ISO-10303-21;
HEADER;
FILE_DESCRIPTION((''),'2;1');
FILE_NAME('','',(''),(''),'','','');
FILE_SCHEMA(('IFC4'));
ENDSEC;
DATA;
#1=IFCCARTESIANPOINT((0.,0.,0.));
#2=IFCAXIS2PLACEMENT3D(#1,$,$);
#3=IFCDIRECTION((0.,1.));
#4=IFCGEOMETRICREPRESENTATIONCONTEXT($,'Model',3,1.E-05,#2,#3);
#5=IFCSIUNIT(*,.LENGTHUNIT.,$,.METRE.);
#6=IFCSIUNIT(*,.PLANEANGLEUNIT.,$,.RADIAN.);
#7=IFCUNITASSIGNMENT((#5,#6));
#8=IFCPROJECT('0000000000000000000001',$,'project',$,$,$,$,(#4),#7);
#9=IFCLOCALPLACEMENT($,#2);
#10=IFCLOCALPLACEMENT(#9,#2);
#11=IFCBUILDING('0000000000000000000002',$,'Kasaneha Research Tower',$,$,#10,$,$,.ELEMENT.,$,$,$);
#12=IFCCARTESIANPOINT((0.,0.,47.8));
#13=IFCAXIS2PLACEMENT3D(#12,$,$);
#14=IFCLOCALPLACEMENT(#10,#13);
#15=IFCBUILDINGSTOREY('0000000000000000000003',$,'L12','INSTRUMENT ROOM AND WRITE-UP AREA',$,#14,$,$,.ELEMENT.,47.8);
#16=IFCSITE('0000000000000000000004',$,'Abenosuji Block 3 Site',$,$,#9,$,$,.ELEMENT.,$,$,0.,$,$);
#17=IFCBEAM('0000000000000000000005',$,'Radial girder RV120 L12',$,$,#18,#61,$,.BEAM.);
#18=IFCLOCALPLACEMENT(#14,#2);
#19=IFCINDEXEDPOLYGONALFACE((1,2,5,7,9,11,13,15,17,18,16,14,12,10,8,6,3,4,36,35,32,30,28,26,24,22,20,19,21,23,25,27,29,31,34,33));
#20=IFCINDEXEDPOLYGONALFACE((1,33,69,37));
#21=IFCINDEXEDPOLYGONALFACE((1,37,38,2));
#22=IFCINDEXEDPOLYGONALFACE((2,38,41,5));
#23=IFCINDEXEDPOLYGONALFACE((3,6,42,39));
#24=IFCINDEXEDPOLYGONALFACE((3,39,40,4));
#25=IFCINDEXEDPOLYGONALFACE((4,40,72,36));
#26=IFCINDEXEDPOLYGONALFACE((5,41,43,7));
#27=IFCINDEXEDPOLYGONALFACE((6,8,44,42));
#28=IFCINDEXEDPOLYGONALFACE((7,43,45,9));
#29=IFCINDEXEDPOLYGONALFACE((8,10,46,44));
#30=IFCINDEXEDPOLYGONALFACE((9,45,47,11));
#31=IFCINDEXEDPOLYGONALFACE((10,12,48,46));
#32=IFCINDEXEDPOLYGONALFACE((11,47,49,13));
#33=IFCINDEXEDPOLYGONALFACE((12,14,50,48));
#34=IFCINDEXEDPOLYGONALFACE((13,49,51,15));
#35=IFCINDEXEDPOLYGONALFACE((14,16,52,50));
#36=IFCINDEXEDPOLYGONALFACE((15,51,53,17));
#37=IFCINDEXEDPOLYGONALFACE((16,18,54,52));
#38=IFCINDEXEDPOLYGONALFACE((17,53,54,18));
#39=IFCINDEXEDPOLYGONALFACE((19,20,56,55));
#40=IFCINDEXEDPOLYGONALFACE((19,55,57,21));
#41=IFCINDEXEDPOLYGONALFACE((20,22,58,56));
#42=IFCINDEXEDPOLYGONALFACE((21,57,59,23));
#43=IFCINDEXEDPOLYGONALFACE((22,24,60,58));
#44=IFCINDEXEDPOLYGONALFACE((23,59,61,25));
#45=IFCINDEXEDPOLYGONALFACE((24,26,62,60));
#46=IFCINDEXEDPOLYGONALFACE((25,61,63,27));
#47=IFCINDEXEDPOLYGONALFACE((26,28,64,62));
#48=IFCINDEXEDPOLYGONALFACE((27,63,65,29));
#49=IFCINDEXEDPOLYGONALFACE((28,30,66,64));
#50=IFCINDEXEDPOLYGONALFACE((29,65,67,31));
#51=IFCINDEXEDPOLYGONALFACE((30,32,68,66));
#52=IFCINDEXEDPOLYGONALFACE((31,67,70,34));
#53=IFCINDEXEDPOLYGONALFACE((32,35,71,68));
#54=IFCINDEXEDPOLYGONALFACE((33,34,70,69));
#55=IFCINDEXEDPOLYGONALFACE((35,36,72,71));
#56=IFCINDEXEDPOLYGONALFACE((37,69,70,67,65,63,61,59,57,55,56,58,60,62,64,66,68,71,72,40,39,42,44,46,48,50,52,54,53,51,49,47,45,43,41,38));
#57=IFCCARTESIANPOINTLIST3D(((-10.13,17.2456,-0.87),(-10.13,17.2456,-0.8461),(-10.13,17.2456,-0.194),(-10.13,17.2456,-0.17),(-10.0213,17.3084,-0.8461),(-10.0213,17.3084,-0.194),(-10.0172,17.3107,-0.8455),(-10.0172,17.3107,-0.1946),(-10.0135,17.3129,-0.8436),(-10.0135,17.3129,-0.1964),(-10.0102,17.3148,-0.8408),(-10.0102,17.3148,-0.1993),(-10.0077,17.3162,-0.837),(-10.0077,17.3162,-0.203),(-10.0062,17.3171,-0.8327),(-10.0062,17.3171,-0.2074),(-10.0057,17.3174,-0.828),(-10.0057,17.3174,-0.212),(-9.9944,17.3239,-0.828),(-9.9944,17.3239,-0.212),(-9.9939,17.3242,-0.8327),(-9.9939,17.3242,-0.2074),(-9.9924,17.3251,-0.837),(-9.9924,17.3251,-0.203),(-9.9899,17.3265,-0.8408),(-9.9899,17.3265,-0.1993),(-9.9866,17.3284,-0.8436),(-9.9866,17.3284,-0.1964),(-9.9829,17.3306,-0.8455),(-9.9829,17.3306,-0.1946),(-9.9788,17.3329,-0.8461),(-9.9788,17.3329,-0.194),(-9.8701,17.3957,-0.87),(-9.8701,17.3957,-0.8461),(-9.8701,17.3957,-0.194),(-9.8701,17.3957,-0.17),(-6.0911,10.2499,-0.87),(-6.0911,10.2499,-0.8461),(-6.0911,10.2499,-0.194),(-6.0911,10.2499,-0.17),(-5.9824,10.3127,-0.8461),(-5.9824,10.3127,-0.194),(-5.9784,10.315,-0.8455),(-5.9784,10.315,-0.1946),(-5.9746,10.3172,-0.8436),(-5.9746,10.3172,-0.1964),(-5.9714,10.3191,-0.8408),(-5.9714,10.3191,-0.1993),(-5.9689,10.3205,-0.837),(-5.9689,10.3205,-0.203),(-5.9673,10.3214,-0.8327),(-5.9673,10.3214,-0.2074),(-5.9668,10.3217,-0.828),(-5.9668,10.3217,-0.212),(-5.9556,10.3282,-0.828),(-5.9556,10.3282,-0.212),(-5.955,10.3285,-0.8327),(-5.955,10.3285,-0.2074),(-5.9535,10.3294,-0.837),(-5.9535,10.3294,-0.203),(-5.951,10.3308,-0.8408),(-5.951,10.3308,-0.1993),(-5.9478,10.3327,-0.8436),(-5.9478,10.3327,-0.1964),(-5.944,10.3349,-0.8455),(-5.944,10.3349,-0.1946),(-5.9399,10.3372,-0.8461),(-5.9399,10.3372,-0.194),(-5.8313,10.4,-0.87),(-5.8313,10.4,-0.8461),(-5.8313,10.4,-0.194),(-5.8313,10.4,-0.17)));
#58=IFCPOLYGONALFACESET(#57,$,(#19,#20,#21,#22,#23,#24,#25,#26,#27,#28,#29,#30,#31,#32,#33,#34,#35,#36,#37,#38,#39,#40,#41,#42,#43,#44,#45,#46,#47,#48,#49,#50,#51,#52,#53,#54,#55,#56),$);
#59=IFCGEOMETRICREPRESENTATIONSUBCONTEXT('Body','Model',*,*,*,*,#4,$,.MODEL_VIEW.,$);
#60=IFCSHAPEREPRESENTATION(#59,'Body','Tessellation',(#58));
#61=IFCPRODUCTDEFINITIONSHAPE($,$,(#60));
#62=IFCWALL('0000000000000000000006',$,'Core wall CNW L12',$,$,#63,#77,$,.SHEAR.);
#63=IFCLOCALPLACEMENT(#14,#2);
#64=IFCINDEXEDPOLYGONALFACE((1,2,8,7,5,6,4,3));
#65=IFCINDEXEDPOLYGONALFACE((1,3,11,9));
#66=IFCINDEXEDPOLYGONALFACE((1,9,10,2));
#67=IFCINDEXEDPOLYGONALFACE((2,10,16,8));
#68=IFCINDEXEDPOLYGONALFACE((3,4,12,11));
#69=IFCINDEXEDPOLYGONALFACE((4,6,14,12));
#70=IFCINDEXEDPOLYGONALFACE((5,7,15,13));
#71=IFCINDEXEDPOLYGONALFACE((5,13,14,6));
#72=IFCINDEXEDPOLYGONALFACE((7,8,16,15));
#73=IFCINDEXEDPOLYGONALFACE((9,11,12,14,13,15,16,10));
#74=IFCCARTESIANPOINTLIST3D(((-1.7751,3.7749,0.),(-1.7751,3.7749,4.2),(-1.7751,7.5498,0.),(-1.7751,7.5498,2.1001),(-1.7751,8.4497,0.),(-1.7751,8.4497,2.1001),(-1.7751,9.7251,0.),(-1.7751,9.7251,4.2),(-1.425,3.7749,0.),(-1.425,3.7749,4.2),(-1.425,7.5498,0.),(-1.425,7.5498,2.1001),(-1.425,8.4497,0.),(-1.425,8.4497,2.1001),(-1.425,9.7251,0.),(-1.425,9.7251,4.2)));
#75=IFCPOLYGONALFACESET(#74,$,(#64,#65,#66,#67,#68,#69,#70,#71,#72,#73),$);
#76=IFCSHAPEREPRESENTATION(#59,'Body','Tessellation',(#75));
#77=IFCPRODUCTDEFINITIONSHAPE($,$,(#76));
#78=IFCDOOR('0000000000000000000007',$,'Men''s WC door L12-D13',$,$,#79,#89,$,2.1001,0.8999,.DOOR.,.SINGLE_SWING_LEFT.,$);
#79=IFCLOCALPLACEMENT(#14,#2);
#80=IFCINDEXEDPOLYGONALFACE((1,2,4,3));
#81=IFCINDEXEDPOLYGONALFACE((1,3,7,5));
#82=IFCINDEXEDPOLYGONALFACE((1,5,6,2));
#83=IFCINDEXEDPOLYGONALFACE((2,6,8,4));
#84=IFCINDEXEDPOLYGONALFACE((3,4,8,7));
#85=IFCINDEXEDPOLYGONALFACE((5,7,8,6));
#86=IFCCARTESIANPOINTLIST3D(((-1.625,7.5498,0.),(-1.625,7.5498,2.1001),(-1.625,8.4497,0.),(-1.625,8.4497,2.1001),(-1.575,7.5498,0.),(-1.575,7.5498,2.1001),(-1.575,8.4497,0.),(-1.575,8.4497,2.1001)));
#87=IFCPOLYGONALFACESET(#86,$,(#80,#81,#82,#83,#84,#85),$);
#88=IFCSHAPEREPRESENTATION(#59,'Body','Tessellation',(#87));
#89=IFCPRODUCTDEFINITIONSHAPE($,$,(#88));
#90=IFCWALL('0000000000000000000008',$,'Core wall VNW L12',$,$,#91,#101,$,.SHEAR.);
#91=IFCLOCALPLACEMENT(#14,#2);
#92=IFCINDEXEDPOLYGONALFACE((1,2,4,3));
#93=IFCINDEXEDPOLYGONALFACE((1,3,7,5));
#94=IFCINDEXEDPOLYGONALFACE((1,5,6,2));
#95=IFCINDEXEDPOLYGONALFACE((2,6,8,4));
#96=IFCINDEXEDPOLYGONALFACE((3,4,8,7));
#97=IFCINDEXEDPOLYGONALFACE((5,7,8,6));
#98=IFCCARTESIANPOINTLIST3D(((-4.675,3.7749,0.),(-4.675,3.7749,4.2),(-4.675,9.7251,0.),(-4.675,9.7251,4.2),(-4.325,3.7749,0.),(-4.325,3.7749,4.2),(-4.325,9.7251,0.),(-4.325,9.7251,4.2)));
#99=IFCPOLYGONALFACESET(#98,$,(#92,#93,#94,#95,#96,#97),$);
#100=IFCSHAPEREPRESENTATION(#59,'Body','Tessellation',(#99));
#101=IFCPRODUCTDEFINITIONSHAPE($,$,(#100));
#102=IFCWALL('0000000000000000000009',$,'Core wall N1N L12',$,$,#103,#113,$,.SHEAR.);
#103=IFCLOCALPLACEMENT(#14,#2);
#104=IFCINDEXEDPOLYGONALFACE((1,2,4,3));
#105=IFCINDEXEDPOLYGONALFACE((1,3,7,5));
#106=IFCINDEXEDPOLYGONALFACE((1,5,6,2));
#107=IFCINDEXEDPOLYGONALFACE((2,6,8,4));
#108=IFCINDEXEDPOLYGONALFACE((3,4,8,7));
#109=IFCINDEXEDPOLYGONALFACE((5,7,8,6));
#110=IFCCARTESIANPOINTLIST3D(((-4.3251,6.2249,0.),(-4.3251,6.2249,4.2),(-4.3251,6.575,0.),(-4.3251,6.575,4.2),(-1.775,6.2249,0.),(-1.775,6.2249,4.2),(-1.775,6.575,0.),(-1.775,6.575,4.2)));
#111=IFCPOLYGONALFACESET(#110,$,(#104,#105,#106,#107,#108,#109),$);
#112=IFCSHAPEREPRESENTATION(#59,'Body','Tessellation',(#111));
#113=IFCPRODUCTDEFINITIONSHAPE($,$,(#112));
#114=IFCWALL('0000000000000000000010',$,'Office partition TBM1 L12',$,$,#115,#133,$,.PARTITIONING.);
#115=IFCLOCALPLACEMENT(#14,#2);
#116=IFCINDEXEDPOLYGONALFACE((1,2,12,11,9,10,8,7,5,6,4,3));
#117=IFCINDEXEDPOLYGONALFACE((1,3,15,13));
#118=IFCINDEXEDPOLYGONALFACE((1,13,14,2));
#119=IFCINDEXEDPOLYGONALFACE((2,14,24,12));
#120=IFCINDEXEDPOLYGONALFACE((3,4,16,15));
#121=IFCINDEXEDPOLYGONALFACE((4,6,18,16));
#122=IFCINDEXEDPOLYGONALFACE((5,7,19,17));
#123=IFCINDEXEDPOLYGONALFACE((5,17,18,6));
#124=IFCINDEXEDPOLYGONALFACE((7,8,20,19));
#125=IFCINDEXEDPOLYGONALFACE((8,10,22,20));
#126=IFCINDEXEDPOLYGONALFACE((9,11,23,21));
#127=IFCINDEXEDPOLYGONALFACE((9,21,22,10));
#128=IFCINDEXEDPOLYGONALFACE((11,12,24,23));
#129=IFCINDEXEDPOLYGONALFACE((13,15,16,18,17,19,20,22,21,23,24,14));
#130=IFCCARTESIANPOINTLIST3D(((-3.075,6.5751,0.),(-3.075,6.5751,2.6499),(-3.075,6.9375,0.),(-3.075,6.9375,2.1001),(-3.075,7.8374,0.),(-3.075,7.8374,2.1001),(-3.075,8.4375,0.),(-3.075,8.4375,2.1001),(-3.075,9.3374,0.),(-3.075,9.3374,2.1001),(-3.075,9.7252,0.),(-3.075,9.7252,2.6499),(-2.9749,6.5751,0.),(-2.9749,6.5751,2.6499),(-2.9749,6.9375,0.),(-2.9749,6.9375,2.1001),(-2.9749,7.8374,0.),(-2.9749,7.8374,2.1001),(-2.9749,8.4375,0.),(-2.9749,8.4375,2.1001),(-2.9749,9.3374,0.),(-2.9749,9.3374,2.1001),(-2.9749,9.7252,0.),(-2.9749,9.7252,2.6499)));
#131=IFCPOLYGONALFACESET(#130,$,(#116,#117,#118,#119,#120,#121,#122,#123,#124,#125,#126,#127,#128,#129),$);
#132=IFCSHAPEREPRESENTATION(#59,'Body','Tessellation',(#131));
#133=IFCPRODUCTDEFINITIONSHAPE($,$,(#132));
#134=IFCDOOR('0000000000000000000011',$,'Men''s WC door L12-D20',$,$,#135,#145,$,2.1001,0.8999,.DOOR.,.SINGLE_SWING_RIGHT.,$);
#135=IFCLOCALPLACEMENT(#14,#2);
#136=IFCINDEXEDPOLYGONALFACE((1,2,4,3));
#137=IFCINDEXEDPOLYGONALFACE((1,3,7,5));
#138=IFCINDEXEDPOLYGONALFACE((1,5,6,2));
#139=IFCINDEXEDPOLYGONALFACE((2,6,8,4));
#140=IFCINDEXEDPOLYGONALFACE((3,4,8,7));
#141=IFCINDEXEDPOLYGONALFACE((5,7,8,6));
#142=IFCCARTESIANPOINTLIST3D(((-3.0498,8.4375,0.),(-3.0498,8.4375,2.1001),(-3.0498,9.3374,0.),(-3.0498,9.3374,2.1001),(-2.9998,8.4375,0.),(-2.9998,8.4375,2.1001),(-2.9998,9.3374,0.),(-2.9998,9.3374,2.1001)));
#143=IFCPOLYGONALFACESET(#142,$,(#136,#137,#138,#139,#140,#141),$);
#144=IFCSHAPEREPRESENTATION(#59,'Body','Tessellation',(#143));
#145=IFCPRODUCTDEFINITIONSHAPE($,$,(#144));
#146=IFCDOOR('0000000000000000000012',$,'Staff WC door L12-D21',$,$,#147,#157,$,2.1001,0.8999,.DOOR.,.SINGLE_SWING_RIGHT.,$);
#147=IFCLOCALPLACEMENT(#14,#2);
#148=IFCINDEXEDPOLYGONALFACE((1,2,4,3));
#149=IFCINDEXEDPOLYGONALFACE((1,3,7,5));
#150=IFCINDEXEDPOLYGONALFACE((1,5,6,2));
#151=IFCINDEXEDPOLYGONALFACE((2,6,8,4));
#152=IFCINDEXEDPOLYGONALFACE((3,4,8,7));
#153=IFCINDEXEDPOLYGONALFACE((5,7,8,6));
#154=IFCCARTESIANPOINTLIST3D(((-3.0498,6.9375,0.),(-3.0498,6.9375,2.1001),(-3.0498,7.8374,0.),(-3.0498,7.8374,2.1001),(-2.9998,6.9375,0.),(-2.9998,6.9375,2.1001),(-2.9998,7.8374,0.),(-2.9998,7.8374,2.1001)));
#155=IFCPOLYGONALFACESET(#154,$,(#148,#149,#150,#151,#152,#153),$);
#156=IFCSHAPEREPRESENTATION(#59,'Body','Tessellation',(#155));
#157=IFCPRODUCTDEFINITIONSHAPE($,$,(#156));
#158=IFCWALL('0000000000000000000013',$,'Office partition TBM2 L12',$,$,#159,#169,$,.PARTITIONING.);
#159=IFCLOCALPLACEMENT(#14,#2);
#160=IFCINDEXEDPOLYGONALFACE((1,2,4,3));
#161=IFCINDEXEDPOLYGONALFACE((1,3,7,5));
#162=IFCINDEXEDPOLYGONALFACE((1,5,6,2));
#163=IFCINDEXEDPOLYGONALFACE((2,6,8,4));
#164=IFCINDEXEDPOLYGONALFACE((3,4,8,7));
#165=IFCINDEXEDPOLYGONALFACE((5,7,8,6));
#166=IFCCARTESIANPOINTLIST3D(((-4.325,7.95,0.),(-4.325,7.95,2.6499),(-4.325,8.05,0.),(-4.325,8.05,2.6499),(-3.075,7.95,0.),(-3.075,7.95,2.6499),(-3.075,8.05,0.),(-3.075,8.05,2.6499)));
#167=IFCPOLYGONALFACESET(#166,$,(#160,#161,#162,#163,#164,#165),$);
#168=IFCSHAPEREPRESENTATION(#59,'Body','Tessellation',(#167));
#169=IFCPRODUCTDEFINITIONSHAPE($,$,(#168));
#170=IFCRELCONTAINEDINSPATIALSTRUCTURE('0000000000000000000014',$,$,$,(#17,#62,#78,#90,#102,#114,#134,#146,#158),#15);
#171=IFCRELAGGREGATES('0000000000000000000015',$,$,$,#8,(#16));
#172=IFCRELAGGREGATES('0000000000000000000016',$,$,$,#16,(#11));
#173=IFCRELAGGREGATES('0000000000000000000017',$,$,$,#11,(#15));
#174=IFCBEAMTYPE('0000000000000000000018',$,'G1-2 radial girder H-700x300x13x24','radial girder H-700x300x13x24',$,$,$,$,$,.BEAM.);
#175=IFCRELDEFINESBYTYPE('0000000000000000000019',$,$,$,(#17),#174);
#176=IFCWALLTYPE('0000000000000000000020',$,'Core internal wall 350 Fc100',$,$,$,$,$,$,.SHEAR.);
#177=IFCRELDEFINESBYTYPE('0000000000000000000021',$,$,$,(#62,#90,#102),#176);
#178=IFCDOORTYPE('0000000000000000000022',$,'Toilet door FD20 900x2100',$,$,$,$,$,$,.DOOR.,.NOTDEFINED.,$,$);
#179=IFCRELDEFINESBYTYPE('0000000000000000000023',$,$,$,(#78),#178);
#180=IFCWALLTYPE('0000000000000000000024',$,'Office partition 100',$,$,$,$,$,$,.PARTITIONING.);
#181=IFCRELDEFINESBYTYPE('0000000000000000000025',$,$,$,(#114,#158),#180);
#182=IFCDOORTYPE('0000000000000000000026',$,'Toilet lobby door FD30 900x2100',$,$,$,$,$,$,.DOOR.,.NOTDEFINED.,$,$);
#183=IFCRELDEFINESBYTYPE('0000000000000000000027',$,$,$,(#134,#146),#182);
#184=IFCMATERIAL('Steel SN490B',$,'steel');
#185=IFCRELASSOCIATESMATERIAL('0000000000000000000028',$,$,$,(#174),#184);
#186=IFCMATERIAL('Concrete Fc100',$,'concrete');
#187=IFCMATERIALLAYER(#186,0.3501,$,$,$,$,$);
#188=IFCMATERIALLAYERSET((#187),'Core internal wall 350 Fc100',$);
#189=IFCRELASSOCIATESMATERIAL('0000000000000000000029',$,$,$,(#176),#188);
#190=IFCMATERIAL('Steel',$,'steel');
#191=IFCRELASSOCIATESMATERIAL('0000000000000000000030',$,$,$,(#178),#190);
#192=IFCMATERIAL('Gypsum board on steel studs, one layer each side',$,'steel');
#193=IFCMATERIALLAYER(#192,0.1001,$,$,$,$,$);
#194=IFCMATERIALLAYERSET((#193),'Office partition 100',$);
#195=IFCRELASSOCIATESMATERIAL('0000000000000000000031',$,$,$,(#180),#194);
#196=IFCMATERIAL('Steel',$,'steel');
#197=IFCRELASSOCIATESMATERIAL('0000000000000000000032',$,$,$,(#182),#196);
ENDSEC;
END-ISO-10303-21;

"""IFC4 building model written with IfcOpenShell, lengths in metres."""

from ifc_helpers import new_model, si_unit, direction, frame, frame_2d, origin, origin_2d, place, context, subcontext, project, spatial, rectangle, i_section, extrude, material, layer, layer_set, material_profile, profile_set, type_object, element, fill, save


model = new_model("IFC4")

# Units and contexts
model_context = context("Model", 3, precision=1e-05, world=origin(), true_north=direction((0.0, 1.0)))
body_context = subcontext(model_context, "Body", "Model", "MODEL_VIEW")
ifc_project = project(units=[si_unit("LENGTHUNIT", "METRE"), si_unit("PLANEANGLEUNIT", "RADIAN")], contexts=[model_context])

# Site, building, storey
site_placement = place(None, origin())
site = spatial("IfcSite", under=ifc_project, at=site_placement, Name="Abenosuji Block 3 Site", CompositionType="ELEMENT", RefElevation=0.0)
building_placement = place(site_placement, origin())
building = spatial("IfcBuilding", under=site, at=building_placement, Name="Kasaneha Research Tower", CompositionType="ELEMENT")
storey_placement = place(building_placement, frame((0.0, 0.0, 47.8)))
storey = spatial("IfcBuildingStorey", under=building, at=storey_placement, Name="L12", Description="INSTRUMENT ROOM AND WRITE-UP AREA", CompositionType="ELEMENT", Elevation=47.8)

# Beam
ifc_material_1 = material(Name="Steel SN490B", Category="steel")
ifc_material_profile = material_profile(ifc_material_1, i_section(OverallWidth=0.3, OverallDepth=0.7, WebThickness=0.0129, FlangeThickness=0.0239, FilletRadius=0.0181, at=origin_2d()), Name="H-700x300x13x24")
ifc_profile_set = profile_set([ifc_material_profile], Name="Steel SN490B")
beam_type = type_object("IfcBeamType", Name="G1-2 radial girder H-700x300x13x24", Description="radial girder H-700x300x13x24", PredefinedType="BEAM", material=ifc_profile_set)
beam_placement = place(storey_placement, frame((-5.9612, 10.325, -0.52), z_axis=(-0.499991, 0.866031, 0.0), x_axis=(-0.866031, -0.499991, 0.0)))
element("IfcBeam", 1, at=beam_placement, inside=storey, type_object=beam_type, Name="Radial girder RV120 L12", PredefinedType="BEAM", context=body_context, shape_type="SweptSolid", body=[
    extrude(i_section(OverallWidth=0.3, OverallDepth=0.7, WebThickness=0.0129, FlangeThickness=0.0239, FilletRadius=0.0181, at=origin_2d()), origin(), (0.0, 0.0, 1.0), 8.0779),
])

# Wall, opening, door
ifc_material_2 = material(Name="Concrete Fc100", Category="concrete")
ifc_layer_1 = layer(ifc_material_2, 0.3501)
ifc_layer_set_1 = layer_set([ifc_layer_1], Name="Core internal wall 350 Fc100")
wall_type_1 = type_object("IfcWallType", Name="Core internal wall 350 Fc100", PredefinedType="SHEAR", material=ifc_layer_set_1)
wall_1_placement = place(storey_placement, frame((-1.6001, 3.7749, 0.0), z_axis=(0.0, 0.0, 1.0), x_axis=(0.0, 1.0, 0.0)))
wall_1 = element("IfcWall", 2, at=wall_1_placement, inside=storey, type_object=wall_type_1, Name="Core wall CNW L12", PredefinedType="SHEAR", context=body_context, shape_type="SweptSolid", body=[
    extrude(rectangle(XDim=5.9502, YDim=0.3501, at=frame_2d((2.9751, 0.0))), origin(), (0.0, 0.0, 1.0), 4.2),
])
opening_1_placement = place(wall_1_placement, frame((3.7749, 0.0, 0.0)))
opening_1 = element("IfcOpeningElement", 3, at=opening_1_placement, cuts=wall_1, PredefinedType="OPENING", context=body_context, shape_type="SweptSolid", body=[
    extrude(rectangle(XDim=0.8999, YDim=2.1001, at=frame_2d((0.45, 1.05))), frame((0.0, 0.1851, 0.0), z_axis=(0.0, -1.0, 0.0), x_axis=(1.0, 0.0, 0.0)), (0.0, 0.0, 1.0), 0.3701),
])
ifc_material_3 = material(Name="Steel", Category="steel")
door_type_1 = type_object("IfcDoorType", Name="Toilet door FD20 900x2100", OperationType="NOTDEFINED", PredefinedType="DOOR", material=ifc_material_3)
door_1_placement = place(opening_1_placement, origin())
door_1 = element("IfcDoor", 4, at=door_1_placement, inside=storey, type_object=door_type_1, Name="Men's WC door L12-D13", OperationType="SINGLE_SWING_LEFT", OverallHeight=2.1001, OverallWidth=0.8999, PredefinedType="DOOR", context=body_context, shape_type="SweptSolid", body=[
    extrude(rectangle(XDim=0.8999, YDim=2.1001, at=frame_2d((0.45, 1.05))), frame((0.0, 0.0249, 0.0), z_axis=(0.0, -1.0, 0.0), x_axis=(1.0, 0.0, 0.0)), (0.0, 0.0, 1.0), 0.05),
])
fill(opening_1, door_1)

# Walls
wall_2_placement = place(storey_placement, frame((-4.5, 3.7749, 0.0), z_axis=(0.0, 0.0, 1.0), x_axis=(0.0, 1.0, 0.0)))
element("IfcWall", 5, at=wall_2_placement, inside=storey, type_object=wall_type_1, Name="Core wall VNW L12", PredefinedType="SHEAR", context=body_context, shape_type="SweptSolid", body=[
    extrude(rectangle(XDim=5.9502, YDim=0.3501, at=frame_2d((2.9751, 0.0))), origin(), (0.0, 0.0, 1.0), 4.2),
])
wall_3_placement = place(storey_placement, frame((-4.325, 6.3999, 0.0), z_axis=(0.0, 0.0, 1.0), x_axis=(1.0, 0.0, 0.0)))
element("IfcWall", 6, at=wall_3_placement, inside=storey, type_object=wall_type_1, Name="Core wall N1N L12", PredefinedType="SHEAR", context=body_context, shape_type="SweptSolid", body=[
    extrude(rectangle(XDim=2.55, YDim=0.3501, at=frame_2d((1.2749, 0.0))), origin(), (0.0, 0.0, 1.0), 4.2),
])

# Wall, openings, doors
ifc_material_4 = material(Name="Gypsum board on steel studs, one layer each side", Category="steel")
ifc_layer_2 = layer(ifc_material_4, 0.1001)
ifc_layer_set_2 = layer_set([ifc_layer_2], Name="Office partition 100")
wall_type_2 = type_object("IfcWallType", Name="Office partition 100", PredefinedType="PARTITIONING", material=ifc_layer_set_2)
wall_4_placement = place(storey_placement, frame((-3.0249, 6.575, 0.0), z_axis=(0.0, 0.0, 1.0), x_axis=(0.0, 1.0, 0.0)))
wall_4 = element("IfcWall", 7, at=wall_4_placement, inside=storey, type_object=wall_type_2, Name="Office partition TBM1 L12", PredefinedType="PARTITIONING", context=body_context, shape_type="SweptSolid", body=[
    extrude(rectangle(XDim=3.1501, YDim=0.1001, at=frame_2d((1.5752, 0.0))), origin(), (0.0, 0.0, 1.0), 2.6499),
])
opening_2_placement = place(wall_4_placement, frame((1.8625, 0.0, 0.0)))
opening_2 = element("IfcOpeningElement", 8, at=opening_2_placement, cuts=wall_4, PredefinedType="OPENING", context=body_context, shape_type="SweptSolid", body=[
    extrude(rectangle(XDim=0.8999, YDim=2.1001, at=frame_2d((0.45, 1.05))), frame((0.0, 0.0601, 0.0), z_axis=(0.0, -1.0, 0.0), x_axis=(1.0, 0.0, 0.0)), (0.0, 0.0, 1.0), 0.1201),
])
opening_3_placement = place(wall_4_placement, frame((0.3625, 0.0, 0.0)))
opening_3 = element("IfcOpeningElement", 9, at=opening_3_placement, cuts=wall_4, PredefinedType="OPENING", context=body_context, shape_type="SweptSolid", body=[
    extrude(rectangle(XDim=0.8999, YDim=2.1001, at=frame_2d((0.45, 1.05))), frame((0.0, 0.0601, 0.0), z_axis=(0.0, -1.0, 0.0), x_axis=(1.0, 0.0, 0.0)), (0.0, 0.0, 1.0), 0.1201),
])
ifc_material_5 = material(Name="Steel", Category="steel")
door_type_2 = type_object("IfcDoorType", Name="Toilet lobby door FD30 900x2100", OperationType="NOTDEFINED", PredefinedType="DOOR", material=ifc_material_5)
door_2_placement = place(opening_2_placement, origin())
door_2 = element("IfcDoor", 10, at=door_2_placement, inside=storey, type_object=door_type_2, Name="Men's WC door L12-D20", OperationType="SINGLE_SWING_RIGHT", OverallHeight=2.1001, OverallWidth=0.8999, PredefinedType="DOOR", context=body_context, shape_type="SweptSolid", body=[
    extrude(rectangle(XDim=0.8999, YDim=2.1001, at=frame_2d((0.45, 1.05))), frame((0.0, 0.0249, 0.0), z_axis=(0.0, -1.0, 0.0), x_axis=(1.0, 0.0, 0.0)), (0.0, 0.0, 1.0), 0.05),
])
fill(opening_2, door_2)
door_3_placement = place(opening_3_placement, origin())
door_3 = element("IfcDoor", 11, at=door_3_placement, inside=storey, type_object=door_type_2, Name="Staff WC door L12-D21", OperationType="SINGLE_SWING_RIGHT", OverallHeight=2.1001, OverallWidth=0.8999, PredefinedType="DOOR", context=body_context, shape_type="SweptSolid", body=[
    extrude(rectangle(XDim=0.8999, YDim=2.1001, at=frame_2d((0.45, 1.05))), frame((0.0, 0.0249, 0.0), z_axis=(0.0, -1.0, 0.0), x_axis=(1.0, 0.0, 0.0)), (0.0, 0.0, 1.0), 0.05),
])
fill(opening_3, door_3)

# Wall
wall_5_placement = place(storey_placement, frame((-3.075, 8.0, 0.0), z_axis=(0.0, 0.0, 1.0), x_axis=(-1.0, 0.0, 0.0)))
element("IfcWall", 12, at=wall_5_placement, inside=storey, type_object=wall_type_2, Name="Office partition TBM2 L12", PredefinedType="PARTITIONING", context=body_context, shape_type="SweptSolid", body=[
    extrude(rectangle(XDim=1.25, YDim=0.1001, at=frame_2d((0.625, 0.0))), origin(), (0.0, 0.0, 1.0), 2.6499),
])

save(model, "model.ifc")
